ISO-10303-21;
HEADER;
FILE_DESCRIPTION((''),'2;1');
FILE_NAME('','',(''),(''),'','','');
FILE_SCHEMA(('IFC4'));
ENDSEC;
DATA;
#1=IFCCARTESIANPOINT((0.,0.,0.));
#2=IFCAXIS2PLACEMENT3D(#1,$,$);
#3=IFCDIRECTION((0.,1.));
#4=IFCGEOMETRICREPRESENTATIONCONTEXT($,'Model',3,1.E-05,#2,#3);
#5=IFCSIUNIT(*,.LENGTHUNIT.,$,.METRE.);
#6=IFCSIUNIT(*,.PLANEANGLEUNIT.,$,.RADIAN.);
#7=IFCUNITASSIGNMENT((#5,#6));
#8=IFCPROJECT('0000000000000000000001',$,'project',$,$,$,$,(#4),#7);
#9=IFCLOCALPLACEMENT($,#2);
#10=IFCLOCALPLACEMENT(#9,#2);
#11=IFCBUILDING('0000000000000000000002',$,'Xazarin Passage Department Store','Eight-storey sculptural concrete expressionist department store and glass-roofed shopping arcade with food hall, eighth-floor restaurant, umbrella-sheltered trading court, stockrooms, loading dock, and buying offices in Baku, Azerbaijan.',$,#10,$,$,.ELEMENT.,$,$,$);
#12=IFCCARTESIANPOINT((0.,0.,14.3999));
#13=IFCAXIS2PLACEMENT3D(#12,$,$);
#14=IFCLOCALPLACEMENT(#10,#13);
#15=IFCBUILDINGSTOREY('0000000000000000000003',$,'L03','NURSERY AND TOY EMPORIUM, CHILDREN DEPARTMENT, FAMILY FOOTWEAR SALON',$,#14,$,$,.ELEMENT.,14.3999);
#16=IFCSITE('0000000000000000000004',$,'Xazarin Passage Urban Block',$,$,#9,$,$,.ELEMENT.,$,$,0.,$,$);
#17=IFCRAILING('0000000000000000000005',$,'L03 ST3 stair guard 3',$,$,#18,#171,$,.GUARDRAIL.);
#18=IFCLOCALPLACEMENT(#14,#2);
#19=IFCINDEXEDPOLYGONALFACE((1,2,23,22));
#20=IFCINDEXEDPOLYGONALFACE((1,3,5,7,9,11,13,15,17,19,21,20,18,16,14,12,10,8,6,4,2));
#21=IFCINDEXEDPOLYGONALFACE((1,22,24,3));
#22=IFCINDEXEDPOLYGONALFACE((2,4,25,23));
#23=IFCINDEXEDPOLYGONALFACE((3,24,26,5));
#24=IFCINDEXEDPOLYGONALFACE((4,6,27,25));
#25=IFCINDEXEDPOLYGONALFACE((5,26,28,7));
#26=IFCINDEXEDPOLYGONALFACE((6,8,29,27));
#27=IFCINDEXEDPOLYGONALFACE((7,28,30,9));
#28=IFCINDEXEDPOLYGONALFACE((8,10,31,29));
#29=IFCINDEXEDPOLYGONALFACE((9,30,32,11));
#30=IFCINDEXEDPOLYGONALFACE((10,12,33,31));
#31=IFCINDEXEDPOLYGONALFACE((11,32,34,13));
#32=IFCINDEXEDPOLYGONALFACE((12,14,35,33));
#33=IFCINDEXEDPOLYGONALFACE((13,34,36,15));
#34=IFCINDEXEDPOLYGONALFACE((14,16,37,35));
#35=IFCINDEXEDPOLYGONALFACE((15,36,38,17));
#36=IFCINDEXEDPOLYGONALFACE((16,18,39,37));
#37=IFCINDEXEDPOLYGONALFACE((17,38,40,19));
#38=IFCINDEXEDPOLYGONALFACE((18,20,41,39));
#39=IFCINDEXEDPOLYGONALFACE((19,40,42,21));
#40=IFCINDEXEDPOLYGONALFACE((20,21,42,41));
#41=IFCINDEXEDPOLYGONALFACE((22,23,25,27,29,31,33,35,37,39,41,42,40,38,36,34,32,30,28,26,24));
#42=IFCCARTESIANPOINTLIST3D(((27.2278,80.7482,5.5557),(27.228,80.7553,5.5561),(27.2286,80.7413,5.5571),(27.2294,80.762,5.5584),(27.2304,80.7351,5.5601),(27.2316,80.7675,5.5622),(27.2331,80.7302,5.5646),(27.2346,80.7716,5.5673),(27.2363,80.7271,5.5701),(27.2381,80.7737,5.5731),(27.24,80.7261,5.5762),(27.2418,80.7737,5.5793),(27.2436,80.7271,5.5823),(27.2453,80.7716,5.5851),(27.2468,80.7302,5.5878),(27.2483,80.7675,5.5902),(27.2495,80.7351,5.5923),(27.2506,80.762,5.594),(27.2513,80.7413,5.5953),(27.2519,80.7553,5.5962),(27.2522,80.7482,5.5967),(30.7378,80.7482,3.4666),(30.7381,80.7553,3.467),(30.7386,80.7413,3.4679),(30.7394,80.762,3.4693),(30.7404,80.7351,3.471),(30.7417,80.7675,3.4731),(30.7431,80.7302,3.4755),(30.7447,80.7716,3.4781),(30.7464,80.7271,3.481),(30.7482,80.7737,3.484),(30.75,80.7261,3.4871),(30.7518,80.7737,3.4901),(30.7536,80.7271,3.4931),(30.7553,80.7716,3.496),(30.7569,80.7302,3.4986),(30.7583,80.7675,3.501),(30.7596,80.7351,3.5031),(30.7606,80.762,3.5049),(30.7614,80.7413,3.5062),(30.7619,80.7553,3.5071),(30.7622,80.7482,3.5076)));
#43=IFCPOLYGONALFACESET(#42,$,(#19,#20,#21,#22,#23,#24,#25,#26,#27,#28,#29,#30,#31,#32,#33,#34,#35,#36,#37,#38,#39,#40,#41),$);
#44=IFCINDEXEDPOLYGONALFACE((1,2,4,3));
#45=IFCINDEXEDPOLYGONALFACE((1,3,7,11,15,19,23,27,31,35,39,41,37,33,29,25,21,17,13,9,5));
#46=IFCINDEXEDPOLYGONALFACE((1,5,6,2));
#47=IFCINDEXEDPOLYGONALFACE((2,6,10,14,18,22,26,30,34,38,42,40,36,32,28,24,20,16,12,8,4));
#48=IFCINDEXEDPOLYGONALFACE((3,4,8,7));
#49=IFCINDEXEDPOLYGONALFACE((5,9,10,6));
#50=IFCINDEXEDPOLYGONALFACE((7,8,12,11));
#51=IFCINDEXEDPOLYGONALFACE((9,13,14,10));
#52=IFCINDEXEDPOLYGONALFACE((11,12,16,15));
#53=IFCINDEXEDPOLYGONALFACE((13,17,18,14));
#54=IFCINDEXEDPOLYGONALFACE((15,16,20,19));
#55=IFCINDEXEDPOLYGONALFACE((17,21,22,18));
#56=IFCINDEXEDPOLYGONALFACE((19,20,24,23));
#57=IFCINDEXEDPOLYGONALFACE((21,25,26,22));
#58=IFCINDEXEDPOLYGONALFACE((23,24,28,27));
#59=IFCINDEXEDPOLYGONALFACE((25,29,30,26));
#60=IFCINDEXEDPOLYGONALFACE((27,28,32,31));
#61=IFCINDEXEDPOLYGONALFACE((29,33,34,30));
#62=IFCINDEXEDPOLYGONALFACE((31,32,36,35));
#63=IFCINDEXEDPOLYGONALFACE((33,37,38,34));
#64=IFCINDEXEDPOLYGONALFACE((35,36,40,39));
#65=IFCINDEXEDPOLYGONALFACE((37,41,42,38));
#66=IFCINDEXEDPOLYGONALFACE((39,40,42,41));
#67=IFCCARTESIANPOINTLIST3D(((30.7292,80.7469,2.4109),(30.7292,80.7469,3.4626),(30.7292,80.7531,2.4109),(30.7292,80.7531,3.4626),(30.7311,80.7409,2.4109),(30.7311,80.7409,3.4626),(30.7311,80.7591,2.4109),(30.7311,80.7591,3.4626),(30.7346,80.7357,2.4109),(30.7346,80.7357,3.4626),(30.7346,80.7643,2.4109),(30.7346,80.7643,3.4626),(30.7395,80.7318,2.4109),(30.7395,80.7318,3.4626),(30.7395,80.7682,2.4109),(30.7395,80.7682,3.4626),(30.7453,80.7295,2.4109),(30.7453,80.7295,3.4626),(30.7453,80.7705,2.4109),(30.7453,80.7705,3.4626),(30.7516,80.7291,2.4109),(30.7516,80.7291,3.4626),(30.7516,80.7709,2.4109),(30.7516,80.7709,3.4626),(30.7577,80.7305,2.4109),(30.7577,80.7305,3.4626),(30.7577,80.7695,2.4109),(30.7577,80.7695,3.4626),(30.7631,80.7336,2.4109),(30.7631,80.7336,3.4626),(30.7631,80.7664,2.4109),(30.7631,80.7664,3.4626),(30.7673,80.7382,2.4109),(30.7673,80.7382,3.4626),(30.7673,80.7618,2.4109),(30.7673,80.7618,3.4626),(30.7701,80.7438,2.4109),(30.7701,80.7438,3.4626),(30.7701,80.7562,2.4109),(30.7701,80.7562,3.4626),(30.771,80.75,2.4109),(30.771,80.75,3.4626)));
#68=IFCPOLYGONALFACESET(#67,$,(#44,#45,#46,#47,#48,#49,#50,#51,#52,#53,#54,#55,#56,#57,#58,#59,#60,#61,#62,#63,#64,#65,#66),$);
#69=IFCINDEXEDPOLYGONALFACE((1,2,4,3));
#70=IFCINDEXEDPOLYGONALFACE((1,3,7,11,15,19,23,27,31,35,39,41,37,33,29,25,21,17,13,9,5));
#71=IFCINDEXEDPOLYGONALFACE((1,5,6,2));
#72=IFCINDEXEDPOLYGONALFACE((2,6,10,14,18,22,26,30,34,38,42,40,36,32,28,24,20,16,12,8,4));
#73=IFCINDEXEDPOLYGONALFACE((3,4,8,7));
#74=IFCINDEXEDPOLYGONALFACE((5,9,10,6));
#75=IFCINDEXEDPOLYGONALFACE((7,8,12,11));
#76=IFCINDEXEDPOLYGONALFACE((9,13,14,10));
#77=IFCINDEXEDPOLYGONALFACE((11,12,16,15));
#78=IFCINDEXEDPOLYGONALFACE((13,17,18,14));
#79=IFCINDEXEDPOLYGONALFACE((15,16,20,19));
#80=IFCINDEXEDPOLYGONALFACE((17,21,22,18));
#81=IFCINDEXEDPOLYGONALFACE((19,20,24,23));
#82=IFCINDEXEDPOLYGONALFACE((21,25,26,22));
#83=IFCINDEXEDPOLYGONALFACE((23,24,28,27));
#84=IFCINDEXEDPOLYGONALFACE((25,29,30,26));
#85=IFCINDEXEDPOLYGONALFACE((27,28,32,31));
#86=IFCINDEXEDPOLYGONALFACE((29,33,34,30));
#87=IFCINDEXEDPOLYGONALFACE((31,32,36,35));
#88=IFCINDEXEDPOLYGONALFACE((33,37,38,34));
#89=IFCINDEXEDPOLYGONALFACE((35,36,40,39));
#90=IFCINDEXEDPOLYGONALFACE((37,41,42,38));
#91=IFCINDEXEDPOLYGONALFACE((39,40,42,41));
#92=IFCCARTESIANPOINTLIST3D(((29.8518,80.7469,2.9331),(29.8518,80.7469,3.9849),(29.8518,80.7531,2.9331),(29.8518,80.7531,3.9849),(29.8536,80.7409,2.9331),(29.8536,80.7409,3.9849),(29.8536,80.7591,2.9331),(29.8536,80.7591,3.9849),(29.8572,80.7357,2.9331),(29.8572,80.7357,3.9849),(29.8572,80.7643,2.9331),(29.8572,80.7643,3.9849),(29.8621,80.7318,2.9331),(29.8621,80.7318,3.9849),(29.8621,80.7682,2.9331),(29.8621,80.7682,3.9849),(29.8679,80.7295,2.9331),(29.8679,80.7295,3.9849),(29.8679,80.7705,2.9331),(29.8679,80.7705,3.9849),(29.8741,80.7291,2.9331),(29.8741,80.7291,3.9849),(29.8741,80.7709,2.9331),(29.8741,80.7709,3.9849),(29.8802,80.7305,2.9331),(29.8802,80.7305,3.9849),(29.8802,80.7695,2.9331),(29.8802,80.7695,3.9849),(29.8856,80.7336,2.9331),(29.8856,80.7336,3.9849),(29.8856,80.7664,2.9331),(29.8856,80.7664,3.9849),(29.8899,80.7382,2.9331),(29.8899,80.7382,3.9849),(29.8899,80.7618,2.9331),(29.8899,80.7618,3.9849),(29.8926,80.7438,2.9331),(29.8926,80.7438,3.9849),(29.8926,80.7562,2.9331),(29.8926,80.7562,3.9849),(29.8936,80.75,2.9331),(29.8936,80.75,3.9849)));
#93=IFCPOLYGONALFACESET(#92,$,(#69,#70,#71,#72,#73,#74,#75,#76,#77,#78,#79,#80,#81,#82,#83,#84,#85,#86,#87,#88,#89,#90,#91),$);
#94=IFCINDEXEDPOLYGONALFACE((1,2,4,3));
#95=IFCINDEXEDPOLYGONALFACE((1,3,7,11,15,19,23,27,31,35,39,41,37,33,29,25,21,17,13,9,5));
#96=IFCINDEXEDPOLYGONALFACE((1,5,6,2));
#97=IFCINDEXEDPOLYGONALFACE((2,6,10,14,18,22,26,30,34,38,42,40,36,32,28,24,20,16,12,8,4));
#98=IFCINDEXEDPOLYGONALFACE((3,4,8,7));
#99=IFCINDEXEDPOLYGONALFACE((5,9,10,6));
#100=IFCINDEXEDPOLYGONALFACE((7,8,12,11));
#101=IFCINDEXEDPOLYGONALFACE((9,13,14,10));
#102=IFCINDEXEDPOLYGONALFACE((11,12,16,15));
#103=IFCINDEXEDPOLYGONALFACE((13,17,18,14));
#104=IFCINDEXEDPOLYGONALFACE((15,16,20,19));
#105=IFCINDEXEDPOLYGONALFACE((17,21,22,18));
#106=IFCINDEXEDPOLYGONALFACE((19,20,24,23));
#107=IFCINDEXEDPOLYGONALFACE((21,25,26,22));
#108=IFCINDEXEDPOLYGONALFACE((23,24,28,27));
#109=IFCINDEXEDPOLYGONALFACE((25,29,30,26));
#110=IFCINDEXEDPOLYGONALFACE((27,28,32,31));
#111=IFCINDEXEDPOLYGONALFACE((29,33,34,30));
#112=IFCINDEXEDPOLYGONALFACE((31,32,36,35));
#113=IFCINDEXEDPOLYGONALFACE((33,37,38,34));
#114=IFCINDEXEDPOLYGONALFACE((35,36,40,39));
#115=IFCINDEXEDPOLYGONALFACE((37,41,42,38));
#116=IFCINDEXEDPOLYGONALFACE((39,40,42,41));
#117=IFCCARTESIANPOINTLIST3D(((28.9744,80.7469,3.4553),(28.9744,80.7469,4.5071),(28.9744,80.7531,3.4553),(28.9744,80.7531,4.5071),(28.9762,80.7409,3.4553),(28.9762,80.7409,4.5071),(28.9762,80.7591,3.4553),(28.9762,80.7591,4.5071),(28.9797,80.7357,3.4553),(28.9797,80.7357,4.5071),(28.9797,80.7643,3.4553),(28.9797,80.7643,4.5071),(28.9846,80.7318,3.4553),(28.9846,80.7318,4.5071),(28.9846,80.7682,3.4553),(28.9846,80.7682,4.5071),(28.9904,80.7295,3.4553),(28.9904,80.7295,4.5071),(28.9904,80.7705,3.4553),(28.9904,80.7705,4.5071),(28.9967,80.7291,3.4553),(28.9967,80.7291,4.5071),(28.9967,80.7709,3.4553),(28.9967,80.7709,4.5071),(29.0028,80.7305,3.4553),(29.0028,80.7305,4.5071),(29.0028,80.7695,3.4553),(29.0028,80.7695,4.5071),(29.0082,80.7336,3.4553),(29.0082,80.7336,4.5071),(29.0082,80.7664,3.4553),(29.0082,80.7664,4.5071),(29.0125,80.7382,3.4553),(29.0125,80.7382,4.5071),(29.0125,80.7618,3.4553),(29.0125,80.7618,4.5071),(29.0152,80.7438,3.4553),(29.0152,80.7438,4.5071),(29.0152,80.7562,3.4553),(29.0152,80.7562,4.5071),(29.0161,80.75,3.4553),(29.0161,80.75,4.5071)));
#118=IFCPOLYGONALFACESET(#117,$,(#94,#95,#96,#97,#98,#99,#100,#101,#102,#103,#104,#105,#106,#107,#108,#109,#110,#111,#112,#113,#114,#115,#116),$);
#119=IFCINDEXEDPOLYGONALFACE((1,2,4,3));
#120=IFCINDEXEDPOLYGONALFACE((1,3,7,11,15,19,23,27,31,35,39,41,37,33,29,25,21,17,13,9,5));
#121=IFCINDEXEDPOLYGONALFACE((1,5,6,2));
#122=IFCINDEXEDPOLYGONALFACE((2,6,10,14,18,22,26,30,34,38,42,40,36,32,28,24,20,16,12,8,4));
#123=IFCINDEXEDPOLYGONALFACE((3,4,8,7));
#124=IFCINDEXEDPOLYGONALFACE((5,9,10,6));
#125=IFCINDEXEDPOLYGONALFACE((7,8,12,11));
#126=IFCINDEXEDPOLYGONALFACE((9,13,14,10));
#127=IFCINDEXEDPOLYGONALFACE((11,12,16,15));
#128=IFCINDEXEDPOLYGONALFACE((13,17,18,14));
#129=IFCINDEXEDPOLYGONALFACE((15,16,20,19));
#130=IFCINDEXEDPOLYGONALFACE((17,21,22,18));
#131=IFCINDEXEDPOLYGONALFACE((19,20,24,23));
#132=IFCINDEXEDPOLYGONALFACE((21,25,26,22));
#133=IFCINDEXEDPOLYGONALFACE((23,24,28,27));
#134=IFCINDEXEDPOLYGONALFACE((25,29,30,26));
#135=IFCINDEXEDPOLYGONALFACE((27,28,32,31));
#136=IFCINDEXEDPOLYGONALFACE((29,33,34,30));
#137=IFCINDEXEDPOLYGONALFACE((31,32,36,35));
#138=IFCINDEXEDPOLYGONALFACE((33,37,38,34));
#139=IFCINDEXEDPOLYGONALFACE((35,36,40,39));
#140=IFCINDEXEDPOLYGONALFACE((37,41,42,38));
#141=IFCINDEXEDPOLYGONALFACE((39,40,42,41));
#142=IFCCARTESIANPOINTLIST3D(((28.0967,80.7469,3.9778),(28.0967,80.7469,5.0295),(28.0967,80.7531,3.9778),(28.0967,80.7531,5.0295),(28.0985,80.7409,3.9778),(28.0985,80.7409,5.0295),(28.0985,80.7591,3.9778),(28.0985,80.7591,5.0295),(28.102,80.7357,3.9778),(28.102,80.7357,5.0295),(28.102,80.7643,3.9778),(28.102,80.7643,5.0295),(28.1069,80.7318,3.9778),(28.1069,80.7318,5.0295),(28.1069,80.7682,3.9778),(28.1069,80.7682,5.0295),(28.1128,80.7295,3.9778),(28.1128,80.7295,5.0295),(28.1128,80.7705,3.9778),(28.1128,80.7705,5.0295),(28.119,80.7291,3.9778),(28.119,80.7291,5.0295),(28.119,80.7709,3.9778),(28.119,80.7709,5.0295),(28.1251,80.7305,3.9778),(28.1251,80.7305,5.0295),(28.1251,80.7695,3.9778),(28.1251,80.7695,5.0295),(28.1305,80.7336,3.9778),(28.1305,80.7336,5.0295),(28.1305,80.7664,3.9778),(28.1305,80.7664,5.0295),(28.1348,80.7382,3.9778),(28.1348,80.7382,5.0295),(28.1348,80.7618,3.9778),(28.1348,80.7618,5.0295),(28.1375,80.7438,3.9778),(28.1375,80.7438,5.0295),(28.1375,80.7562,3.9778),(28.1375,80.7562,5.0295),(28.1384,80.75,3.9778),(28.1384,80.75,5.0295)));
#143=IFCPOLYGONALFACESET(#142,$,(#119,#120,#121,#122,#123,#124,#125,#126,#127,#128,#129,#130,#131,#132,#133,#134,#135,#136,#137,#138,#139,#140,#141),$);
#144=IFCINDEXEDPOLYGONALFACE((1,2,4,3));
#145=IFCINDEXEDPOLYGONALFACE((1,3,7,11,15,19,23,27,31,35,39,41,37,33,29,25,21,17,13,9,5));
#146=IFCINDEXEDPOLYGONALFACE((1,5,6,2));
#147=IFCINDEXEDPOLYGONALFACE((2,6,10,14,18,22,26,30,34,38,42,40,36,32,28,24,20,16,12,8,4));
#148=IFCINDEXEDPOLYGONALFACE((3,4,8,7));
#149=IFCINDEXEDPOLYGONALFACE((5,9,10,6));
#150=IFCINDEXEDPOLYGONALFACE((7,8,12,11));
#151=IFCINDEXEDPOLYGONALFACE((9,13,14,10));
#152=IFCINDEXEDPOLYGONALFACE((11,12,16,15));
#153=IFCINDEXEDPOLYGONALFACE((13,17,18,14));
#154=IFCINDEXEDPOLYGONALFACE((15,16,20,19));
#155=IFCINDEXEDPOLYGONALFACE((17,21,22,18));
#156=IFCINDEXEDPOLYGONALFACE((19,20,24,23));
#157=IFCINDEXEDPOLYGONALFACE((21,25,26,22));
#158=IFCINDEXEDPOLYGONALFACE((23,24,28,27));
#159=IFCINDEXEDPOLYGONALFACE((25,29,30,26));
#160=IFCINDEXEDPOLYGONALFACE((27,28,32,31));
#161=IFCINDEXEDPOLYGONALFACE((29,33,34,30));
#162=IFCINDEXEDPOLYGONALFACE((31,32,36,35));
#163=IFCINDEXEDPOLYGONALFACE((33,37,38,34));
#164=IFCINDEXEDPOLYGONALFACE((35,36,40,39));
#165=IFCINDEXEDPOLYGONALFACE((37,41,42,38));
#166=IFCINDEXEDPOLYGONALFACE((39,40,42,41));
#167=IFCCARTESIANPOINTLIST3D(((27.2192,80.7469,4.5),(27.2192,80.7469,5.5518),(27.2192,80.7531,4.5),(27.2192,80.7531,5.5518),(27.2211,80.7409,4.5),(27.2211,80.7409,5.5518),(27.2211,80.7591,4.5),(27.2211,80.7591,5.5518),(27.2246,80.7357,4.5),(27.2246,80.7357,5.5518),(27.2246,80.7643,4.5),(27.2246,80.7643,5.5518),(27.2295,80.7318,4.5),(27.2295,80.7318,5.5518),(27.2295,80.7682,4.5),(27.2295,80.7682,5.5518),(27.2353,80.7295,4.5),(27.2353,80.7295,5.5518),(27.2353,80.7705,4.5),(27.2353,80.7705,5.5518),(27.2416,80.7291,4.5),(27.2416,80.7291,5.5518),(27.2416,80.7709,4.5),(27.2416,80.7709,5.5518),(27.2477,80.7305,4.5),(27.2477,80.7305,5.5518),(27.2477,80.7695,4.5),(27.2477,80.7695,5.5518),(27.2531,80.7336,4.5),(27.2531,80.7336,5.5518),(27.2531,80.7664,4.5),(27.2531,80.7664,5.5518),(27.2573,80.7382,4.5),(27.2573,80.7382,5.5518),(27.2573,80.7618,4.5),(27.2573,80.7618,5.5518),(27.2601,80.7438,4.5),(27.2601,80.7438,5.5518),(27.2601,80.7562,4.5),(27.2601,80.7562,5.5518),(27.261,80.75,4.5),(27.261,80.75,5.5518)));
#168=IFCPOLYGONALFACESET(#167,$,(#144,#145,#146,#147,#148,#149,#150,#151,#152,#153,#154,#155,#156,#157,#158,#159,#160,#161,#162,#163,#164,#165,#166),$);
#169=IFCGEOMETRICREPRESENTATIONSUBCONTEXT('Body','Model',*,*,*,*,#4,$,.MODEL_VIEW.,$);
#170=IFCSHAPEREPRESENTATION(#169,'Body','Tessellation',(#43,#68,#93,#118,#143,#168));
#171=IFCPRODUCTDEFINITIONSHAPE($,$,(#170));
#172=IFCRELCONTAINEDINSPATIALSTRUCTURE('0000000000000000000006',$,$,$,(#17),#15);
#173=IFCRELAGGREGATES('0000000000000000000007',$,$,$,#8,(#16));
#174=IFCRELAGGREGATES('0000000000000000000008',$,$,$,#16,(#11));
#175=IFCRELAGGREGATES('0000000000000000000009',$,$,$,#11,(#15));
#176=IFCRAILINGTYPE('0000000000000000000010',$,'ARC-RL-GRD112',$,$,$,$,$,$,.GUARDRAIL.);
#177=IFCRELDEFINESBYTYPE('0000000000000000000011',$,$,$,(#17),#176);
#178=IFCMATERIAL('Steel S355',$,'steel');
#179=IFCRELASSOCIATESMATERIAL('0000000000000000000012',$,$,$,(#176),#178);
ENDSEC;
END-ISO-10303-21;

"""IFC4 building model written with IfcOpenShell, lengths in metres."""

from ifc_helpers import new_model, si_unit, direction, frame, origin, origin_2d, place, context, subcontext, project, spatial, circle, extrude, material, type_object, element, save


model = new_model("IFC4")

# Units and contexts
model_context = context("Model", 3, precision=1e-05, world=origin(), true_north=direction((0.0, 1.0)))
body_context = subcontext(model_context, "Body", "Model", "MODEL_VIEW")
ifc_project = project(units=[si_unit("LENGTHUNIT", "METRE"), si_unit("PLANEANGLEUNIT", "RADIAN")], contexts=[model_context])

# Site, building, storey
site_placement = place(None, origin())
site = spatial("IfcSite", under=ifc_project, at=site_placement, Name="Xazarin Passage Urban Block", CompositionType="ELEMENT", RefElevation=0.0)
building_placement = place(site_placement, origin())
building = spatial("IfcBuilding", under=site, at=building_placement, Name="Xazarin Passage Department Store", Description="Eight-storey sculptural concrete expressionist department store and glass-roofed shopping arcade with food hall, eighth-floor restaurant, umbrella-sheltered trading court, stockrooms, loading dock, and buying offices in Baku, Azerbaijan.", CompositionType="ELEMENT")
storey_placement = place(building_placement, frame((0.0, 0.0, 14.3999)))
storey = spatial("IfcBuildingStorey", under=building, at=storey_placement, Name="L03", Description="NURSERY AND TOY EMPORIUM, CHILDREN DEPARTMENT, FAMILY FOOTWEAR SALON", CompositionType="ELEMENT", Elevation=14.3999)

# Railing
ifc_material_1 = material(Name="Steel S355", Category="steel")
railing_type_1 = type_object("IfcRailingType", Name="ARC-RL-GRD112", PredefinedType="GUARDRAIL", material=ifc_material_1)
railing_1_placement = place(storey_placement, frame((30.75, 80.75, 2.4109)))
element("IfcRailing", 1, at=railing_1_placement, inside=storey, type_object=railing_type_1, Name="L03 ST3 stair guard 3", PredefinedType="GUARDRAIL", context=body_context, shape_type="SweptSolid", body=[
    extrude(circle(Radius=0.0239, at=origin_2d()), frame((0.0, 0.0, 1.0762), z_axis=(-0.859312, 0.0, 0.511451), x_axis=(0.0, -1.0, 0.0)), (0.0, 0.0, 1.0), 4.0847),
    extrude(circle(Radius=0.021, at=origin_2d()), origin(), (0.0, 0.0, 1.0), 1.0518),
    extrude(circle(Radius=0.021, at=origin_2d()), frame((-0.8774, 0.0, 0.5222)), (0.0, 0.0, 1.0), 1.0518),
    extrude(circle(Radius=0.021, at=origin_2d()), frame((-1.7549, 0.0, 1.0444)), (0.0, 0.0, 1.0), 1.0518),
    extrude(circle(Radius=0.021, at=origin_2d()), frame((-2.6326, 0.0, 1.5669)), (0.0, 0.0, 1.0), 1.0518),
    extrude(circle(Radius=0.021, at=origin_2d()), frame((-3.51, 0.0, 2.0891)), (0.0, 0.0, 1.0), 1.0518),
])

save(model, "model.ifc")
